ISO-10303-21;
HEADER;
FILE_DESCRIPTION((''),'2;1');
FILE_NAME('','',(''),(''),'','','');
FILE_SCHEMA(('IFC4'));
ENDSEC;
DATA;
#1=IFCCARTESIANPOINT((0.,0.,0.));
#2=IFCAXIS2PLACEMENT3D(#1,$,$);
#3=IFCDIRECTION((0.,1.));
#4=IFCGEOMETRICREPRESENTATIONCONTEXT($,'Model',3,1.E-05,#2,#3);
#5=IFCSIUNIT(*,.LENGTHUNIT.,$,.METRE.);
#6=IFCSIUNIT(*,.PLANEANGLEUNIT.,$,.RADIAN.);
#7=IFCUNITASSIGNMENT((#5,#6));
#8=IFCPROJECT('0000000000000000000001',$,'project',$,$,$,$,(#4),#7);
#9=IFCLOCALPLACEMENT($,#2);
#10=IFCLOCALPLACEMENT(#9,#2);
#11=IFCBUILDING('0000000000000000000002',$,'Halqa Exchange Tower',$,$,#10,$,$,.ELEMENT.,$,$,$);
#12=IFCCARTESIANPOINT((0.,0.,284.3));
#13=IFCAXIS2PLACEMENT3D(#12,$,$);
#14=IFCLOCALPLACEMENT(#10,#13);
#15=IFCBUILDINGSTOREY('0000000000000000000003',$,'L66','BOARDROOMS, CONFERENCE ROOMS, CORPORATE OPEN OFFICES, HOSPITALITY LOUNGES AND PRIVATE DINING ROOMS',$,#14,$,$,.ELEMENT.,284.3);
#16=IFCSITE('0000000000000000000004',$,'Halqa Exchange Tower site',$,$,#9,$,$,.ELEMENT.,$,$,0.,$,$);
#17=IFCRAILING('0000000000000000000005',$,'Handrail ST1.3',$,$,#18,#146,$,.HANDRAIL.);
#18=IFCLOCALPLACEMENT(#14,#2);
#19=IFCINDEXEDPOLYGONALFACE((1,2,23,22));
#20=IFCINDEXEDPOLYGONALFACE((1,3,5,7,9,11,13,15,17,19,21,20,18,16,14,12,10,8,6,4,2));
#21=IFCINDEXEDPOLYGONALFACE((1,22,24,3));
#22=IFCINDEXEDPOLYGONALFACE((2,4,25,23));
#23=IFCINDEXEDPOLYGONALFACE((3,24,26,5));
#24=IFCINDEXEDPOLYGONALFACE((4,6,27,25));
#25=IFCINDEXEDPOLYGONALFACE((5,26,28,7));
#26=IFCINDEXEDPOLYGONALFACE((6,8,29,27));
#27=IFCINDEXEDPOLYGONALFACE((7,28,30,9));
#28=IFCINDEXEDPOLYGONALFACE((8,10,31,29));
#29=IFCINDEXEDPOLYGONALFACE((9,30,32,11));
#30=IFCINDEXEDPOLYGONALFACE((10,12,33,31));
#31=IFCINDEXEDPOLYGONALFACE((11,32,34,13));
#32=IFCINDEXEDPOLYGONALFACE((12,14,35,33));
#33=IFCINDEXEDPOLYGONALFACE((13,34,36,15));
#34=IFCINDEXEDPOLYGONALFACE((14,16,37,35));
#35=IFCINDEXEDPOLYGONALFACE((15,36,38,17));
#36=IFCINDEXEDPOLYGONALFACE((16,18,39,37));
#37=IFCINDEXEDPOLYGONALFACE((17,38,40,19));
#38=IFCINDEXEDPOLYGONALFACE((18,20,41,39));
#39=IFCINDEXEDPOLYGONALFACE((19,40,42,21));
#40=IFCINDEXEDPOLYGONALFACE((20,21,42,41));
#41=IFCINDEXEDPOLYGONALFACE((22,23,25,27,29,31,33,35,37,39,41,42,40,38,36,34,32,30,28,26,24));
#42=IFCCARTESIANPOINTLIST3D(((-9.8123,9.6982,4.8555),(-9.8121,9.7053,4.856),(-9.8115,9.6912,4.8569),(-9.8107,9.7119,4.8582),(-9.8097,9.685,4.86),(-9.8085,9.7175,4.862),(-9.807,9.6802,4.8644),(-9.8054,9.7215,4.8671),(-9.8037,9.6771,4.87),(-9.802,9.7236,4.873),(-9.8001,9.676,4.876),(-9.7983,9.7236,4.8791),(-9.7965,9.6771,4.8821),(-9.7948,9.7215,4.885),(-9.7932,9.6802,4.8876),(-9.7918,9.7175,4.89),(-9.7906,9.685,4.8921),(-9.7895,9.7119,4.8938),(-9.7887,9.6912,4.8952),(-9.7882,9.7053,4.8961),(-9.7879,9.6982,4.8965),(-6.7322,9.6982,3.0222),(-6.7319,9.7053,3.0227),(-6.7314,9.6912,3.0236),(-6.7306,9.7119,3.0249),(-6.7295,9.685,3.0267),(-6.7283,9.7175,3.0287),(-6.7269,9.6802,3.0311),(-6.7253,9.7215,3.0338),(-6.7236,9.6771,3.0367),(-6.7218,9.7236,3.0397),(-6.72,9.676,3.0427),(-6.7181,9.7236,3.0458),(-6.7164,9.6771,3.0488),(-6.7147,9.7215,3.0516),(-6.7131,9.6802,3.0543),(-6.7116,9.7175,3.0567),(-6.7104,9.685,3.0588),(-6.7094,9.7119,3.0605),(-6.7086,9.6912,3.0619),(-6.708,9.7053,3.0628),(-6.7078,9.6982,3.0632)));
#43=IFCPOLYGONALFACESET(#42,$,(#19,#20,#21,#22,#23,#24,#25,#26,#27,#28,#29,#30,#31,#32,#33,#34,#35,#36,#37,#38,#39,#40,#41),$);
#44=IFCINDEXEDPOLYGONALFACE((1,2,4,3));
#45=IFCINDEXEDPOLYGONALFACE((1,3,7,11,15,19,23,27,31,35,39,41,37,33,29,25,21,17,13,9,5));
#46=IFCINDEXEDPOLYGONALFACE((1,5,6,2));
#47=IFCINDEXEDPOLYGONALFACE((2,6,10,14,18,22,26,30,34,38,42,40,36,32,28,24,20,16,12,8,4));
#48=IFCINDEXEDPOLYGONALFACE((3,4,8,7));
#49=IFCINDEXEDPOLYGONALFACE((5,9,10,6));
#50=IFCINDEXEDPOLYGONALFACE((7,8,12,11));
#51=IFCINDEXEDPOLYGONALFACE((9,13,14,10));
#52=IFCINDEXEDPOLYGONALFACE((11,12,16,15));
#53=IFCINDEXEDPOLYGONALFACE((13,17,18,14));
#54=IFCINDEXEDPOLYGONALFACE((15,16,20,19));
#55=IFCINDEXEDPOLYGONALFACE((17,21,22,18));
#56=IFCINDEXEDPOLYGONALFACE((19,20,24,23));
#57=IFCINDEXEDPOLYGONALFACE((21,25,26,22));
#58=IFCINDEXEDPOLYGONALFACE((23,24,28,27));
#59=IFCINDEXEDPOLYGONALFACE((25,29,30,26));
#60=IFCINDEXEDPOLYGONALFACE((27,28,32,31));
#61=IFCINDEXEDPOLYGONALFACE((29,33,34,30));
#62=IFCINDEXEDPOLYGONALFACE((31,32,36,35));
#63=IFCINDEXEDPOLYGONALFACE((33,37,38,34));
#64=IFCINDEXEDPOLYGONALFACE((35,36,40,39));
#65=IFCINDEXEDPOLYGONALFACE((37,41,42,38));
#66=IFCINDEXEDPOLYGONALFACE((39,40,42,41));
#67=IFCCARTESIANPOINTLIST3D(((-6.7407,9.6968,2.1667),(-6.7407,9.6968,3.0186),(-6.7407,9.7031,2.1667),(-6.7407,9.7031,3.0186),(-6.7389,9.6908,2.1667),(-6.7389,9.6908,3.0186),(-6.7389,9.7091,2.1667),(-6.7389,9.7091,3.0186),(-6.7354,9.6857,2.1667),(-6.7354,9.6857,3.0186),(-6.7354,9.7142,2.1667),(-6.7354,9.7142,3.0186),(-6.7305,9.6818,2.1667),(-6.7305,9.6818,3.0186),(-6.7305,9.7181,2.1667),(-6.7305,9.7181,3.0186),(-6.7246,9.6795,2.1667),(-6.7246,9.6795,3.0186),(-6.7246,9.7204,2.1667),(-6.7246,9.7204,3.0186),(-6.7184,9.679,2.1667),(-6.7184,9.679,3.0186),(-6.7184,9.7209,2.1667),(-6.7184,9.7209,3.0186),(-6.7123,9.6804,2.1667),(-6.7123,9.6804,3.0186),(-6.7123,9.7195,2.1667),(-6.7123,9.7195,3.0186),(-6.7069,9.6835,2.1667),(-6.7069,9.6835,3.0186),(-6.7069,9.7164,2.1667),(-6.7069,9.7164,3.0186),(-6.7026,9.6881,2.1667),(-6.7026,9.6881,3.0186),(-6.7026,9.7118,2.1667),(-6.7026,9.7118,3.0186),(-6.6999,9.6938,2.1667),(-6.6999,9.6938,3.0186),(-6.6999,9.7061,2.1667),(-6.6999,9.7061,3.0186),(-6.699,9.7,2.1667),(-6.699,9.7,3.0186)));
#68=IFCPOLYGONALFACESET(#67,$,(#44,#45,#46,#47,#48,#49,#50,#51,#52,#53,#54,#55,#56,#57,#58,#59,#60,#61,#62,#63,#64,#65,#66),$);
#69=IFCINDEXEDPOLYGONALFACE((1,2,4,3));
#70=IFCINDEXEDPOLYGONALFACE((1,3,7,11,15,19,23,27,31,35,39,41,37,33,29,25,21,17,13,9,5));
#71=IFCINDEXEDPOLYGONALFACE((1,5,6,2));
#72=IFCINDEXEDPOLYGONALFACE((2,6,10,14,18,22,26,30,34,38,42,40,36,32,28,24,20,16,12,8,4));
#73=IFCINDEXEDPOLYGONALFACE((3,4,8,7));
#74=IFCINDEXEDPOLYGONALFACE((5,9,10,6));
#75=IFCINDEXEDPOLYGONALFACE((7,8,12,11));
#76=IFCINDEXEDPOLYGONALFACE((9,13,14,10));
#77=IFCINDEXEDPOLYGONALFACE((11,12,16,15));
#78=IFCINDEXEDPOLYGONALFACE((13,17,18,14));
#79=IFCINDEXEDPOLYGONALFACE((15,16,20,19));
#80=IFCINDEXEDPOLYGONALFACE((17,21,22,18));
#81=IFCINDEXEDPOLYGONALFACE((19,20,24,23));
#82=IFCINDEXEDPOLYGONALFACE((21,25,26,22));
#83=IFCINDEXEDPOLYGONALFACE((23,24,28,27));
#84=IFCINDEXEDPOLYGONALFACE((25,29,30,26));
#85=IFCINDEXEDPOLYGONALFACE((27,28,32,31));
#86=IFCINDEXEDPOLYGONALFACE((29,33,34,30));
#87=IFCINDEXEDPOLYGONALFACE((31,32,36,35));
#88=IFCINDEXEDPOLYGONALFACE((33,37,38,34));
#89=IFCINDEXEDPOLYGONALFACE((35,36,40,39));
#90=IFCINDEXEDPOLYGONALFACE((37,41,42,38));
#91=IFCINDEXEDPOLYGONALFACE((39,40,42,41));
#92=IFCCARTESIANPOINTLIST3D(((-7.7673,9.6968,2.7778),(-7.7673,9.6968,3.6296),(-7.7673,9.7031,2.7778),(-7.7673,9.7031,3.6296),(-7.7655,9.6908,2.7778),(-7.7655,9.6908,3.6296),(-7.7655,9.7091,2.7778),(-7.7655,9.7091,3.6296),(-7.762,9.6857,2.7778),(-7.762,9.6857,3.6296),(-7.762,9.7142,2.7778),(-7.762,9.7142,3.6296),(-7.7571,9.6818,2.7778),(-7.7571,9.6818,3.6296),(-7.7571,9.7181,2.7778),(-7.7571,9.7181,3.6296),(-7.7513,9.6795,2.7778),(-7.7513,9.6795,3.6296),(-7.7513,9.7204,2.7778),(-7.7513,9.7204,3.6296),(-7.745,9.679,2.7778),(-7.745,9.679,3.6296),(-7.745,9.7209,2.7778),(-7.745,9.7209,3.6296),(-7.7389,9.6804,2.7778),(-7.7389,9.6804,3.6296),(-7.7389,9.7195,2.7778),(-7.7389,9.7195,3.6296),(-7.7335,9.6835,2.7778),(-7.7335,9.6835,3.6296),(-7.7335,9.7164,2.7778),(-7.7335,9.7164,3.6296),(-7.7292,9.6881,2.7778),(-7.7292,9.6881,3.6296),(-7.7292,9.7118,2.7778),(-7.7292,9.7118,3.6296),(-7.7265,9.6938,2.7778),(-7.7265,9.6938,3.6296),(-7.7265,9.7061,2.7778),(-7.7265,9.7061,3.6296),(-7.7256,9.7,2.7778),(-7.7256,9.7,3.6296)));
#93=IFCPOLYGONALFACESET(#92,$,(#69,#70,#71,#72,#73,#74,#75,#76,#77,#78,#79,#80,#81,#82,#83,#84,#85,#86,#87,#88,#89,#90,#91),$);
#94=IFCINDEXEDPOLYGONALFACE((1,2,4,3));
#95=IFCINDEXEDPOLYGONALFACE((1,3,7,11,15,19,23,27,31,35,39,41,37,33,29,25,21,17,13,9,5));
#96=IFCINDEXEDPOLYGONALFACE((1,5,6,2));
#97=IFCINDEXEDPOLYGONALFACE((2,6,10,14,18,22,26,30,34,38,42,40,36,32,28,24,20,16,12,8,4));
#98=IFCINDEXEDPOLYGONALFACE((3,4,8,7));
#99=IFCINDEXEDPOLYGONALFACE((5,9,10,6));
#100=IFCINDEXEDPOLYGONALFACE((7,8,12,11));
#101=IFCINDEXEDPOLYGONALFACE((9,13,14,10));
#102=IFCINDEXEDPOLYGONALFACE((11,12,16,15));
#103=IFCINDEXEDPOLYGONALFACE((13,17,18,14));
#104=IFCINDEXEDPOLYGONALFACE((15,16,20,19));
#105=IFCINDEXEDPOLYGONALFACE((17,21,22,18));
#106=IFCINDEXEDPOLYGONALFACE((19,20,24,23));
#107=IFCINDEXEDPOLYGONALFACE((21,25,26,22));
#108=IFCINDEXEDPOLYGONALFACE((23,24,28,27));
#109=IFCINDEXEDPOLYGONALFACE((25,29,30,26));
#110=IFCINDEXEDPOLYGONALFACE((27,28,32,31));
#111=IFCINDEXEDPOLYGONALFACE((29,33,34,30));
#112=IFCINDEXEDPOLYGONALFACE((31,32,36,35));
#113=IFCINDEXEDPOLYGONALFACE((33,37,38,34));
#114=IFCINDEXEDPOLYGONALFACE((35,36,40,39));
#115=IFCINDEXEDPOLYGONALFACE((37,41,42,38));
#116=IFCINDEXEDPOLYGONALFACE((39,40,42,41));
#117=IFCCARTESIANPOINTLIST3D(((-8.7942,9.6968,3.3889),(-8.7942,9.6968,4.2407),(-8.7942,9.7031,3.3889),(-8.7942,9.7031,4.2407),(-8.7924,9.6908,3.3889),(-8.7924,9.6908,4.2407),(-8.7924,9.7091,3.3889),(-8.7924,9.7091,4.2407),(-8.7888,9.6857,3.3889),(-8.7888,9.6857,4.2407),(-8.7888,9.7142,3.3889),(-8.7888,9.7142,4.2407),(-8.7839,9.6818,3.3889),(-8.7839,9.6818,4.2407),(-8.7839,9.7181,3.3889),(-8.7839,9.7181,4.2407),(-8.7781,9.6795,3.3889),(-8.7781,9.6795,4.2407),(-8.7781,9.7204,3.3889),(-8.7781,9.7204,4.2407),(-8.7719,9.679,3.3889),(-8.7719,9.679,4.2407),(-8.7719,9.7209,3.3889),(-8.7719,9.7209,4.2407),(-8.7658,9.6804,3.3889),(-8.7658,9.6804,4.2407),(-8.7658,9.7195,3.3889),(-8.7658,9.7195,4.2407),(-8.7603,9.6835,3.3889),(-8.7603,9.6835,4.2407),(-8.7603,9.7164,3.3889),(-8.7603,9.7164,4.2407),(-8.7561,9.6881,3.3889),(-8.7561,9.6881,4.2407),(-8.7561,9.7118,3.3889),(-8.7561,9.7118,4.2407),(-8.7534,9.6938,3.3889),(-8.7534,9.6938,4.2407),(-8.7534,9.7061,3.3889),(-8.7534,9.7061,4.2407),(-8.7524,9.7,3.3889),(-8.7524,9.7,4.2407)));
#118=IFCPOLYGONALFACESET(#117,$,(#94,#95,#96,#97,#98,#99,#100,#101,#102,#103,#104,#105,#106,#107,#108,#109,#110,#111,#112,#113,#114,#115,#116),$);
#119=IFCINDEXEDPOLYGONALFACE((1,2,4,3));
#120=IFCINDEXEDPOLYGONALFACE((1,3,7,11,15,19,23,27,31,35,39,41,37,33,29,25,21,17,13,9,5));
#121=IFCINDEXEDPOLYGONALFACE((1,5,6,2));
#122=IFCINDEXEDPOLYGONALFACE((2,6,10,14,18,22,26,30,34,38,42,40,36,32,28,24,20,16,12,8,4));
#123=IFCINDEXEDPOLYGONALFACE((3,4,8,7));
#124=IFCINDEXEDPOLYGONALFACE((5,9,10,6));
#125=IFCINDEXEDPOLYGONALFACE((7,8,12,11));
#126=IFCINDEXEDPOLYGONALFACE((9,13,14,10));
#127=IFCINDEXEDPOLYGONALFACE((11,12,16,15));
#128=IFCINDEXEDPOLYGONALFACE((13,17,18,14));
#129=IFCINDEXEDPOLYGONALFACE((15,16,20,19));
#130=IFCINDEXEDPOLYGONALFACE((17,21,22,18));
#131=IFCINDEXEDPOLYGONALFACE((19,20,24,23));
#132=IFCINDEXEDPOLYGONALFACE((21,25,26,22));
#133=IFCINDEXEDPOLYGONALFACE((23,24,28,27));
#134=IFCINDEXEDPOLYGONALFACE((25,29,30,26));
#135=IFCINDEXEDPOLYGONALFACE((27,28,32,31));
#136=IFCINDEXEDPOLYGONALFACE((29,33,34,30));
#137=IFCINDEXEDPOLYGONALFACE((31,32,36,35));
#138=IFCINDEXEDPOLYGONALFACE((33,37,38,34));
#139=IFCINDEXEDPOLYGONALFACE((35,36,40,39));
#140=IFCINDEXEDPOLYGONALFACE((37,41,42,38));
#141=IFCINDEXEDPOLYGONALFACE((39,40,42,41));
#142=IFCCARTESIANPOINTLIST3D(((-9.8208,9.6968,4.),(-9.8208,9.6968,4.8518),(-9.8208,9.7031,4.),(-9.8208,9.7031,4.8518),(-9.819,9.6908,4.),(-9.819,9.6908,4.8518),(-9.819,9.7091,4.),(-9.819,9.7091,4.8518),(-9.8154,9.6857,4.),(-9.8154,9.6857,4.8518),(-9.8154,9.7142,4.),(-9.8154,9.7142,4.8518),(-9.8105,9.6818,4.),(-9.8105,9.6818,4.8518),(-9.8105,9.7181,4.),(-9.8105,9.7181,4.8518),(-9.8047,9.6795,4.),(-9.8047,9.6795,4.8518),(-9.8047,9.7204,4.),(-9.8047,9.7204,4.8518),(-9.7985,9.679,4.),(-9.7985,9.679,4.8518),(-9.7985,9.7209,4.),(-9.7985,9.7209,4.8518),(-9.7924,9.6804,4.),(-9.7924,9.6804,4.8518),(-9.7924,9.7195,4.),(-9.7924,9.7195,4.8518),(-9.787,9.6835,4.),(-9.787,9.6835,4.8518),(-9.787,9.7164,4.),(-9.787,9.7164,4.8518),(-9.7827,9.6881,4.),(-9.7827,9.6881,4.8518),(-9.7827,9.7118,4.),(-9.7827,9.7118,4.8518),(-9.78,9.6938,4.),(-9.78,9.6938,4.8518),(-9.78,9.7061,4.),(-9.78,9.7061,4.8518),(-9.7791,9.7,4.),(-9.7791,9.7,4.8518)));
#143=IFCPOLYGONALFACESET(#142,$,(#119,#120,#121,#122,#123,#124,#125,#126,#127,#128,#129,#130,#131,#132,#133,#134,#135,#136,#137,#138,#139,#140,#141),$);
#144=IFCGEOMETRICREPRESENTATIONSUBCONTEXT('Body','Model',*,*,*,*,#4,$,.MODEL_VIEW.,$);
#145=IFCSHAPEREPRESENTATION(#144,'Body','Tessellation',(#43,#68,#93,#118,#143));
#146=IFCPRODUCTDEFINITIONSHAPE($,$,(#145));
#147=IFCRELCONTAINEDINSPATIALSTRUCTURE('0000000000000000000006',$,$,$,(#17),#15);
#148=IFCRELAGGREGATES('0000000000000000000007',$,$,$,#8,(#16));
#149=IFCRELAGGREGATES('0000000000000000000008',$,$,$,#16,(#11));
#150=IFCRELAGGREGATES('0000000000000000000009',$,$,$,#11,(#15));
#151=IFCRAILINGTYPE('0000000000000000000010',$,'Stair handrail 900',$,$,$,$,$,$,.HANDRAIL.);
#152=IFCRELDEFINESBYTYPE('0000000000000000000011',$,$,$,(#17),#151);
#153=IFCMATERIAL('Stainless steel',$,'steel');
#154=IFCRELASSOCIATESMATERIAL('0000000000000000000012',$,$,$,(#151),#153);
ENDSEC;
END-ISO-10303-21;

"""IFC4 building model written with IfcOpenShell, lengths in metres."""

from ifc_helpers import new_model, si_unit, direction, frame, origin, origin_2d, place, context, subcontext, project, spatial, circle, extrude, material, type_object, element, save


model = new_model("IFC4")

# Units and contexts
model_context = context("Model", 3, precision=1e-05, world=origin(), true_north=direction((0.0, 1.0)))
body_context = subcontext(model_context, "Body", "Model", "MODEL_VIEW")
ifc_project = project(units=[si_unit("LENGTHUNIT", "METRE"), si_unit("PLANEANGLEUNIT", "RADIAN")], contexts=[model_context])

# Site, building, storey
site_placement = place(None, origin())
site = spatial("IfcSite", under=ifc_project, at=site_placement, Name="Halqa Exchange Tower site", CompositionType="ELEMENT", RefElevation=0.0)
building_placement = place(site_placement, origin())
building = spatial("IfcBuilding", under=site, at=building_placement, Name="Halqa Exchange Tower", CompositionType="ELEMENT")
storey_placement = place(building_placement, frame((0.0, 0.0, 284.3)))
storey = spatial("IfcBuildingStorey", under=building, at=storey_placement, Name="L66", Description="BOARDROOMS, CONFERENCE ROOMS, CORPORATE OPEN OFFICES, HOSPITALITY LOUNGES AND PRIVATE DINING ROOMS", CompositionType="ELEMENT", Elevation=284.3)

# Railing
ifc_material_1 = material(Name="Stainless steel", Category="steel")
railing_type_1 = type_object("IfcRailingType", Name="Stair handrail 900", PredefinedType="HANDRAIL", material=ifc_material_1)
railing_1_placement = place(storey_placement, frame((-6.72, 9.7, 2.1667)))
element("IfcRailing", 1, at=railing_1_placement, inside=storey, type_object=railing_type_1, Name="Handrail ST1.3", PredefinedType="HANDRAIL", context=body_context, shape_type="SweptSolid", body=[
    extrude(circle(Radius=0.0239, at=origin_2d()), frame((0.0, 0.0, 0.876), z_axis=(-0.859309, 0.0, 0.511458), x_axis=(0.0, -1.0, 0.0)), (0.0, 0.0, 1.0), 3.5845),
    extrude(circle(Radius=0.021, at=origin_2d()), origin(), (0.0, 0.0, 1.0), 0.8518),
    extrude(circle(Radius=0.021, at=origin_2d()), frame((-1.0266, 0.0, 0.6111)), (0.0, 0.0, 1.0), 0.8518),
    extrude(circle(Radius=0.021, at=origin_2d()), frame((-2.0535, 0.0, 1.2222)), (0.0, 0.0, 1.0), 0.8518),
    extrude(circle(Radius=0.021, at=origin_2d()), frame((-3.0801, 0.0, 1.8333)), (0.0, 0.0, 1.0), 0.8518),
])

save(model, "model.ifc")
